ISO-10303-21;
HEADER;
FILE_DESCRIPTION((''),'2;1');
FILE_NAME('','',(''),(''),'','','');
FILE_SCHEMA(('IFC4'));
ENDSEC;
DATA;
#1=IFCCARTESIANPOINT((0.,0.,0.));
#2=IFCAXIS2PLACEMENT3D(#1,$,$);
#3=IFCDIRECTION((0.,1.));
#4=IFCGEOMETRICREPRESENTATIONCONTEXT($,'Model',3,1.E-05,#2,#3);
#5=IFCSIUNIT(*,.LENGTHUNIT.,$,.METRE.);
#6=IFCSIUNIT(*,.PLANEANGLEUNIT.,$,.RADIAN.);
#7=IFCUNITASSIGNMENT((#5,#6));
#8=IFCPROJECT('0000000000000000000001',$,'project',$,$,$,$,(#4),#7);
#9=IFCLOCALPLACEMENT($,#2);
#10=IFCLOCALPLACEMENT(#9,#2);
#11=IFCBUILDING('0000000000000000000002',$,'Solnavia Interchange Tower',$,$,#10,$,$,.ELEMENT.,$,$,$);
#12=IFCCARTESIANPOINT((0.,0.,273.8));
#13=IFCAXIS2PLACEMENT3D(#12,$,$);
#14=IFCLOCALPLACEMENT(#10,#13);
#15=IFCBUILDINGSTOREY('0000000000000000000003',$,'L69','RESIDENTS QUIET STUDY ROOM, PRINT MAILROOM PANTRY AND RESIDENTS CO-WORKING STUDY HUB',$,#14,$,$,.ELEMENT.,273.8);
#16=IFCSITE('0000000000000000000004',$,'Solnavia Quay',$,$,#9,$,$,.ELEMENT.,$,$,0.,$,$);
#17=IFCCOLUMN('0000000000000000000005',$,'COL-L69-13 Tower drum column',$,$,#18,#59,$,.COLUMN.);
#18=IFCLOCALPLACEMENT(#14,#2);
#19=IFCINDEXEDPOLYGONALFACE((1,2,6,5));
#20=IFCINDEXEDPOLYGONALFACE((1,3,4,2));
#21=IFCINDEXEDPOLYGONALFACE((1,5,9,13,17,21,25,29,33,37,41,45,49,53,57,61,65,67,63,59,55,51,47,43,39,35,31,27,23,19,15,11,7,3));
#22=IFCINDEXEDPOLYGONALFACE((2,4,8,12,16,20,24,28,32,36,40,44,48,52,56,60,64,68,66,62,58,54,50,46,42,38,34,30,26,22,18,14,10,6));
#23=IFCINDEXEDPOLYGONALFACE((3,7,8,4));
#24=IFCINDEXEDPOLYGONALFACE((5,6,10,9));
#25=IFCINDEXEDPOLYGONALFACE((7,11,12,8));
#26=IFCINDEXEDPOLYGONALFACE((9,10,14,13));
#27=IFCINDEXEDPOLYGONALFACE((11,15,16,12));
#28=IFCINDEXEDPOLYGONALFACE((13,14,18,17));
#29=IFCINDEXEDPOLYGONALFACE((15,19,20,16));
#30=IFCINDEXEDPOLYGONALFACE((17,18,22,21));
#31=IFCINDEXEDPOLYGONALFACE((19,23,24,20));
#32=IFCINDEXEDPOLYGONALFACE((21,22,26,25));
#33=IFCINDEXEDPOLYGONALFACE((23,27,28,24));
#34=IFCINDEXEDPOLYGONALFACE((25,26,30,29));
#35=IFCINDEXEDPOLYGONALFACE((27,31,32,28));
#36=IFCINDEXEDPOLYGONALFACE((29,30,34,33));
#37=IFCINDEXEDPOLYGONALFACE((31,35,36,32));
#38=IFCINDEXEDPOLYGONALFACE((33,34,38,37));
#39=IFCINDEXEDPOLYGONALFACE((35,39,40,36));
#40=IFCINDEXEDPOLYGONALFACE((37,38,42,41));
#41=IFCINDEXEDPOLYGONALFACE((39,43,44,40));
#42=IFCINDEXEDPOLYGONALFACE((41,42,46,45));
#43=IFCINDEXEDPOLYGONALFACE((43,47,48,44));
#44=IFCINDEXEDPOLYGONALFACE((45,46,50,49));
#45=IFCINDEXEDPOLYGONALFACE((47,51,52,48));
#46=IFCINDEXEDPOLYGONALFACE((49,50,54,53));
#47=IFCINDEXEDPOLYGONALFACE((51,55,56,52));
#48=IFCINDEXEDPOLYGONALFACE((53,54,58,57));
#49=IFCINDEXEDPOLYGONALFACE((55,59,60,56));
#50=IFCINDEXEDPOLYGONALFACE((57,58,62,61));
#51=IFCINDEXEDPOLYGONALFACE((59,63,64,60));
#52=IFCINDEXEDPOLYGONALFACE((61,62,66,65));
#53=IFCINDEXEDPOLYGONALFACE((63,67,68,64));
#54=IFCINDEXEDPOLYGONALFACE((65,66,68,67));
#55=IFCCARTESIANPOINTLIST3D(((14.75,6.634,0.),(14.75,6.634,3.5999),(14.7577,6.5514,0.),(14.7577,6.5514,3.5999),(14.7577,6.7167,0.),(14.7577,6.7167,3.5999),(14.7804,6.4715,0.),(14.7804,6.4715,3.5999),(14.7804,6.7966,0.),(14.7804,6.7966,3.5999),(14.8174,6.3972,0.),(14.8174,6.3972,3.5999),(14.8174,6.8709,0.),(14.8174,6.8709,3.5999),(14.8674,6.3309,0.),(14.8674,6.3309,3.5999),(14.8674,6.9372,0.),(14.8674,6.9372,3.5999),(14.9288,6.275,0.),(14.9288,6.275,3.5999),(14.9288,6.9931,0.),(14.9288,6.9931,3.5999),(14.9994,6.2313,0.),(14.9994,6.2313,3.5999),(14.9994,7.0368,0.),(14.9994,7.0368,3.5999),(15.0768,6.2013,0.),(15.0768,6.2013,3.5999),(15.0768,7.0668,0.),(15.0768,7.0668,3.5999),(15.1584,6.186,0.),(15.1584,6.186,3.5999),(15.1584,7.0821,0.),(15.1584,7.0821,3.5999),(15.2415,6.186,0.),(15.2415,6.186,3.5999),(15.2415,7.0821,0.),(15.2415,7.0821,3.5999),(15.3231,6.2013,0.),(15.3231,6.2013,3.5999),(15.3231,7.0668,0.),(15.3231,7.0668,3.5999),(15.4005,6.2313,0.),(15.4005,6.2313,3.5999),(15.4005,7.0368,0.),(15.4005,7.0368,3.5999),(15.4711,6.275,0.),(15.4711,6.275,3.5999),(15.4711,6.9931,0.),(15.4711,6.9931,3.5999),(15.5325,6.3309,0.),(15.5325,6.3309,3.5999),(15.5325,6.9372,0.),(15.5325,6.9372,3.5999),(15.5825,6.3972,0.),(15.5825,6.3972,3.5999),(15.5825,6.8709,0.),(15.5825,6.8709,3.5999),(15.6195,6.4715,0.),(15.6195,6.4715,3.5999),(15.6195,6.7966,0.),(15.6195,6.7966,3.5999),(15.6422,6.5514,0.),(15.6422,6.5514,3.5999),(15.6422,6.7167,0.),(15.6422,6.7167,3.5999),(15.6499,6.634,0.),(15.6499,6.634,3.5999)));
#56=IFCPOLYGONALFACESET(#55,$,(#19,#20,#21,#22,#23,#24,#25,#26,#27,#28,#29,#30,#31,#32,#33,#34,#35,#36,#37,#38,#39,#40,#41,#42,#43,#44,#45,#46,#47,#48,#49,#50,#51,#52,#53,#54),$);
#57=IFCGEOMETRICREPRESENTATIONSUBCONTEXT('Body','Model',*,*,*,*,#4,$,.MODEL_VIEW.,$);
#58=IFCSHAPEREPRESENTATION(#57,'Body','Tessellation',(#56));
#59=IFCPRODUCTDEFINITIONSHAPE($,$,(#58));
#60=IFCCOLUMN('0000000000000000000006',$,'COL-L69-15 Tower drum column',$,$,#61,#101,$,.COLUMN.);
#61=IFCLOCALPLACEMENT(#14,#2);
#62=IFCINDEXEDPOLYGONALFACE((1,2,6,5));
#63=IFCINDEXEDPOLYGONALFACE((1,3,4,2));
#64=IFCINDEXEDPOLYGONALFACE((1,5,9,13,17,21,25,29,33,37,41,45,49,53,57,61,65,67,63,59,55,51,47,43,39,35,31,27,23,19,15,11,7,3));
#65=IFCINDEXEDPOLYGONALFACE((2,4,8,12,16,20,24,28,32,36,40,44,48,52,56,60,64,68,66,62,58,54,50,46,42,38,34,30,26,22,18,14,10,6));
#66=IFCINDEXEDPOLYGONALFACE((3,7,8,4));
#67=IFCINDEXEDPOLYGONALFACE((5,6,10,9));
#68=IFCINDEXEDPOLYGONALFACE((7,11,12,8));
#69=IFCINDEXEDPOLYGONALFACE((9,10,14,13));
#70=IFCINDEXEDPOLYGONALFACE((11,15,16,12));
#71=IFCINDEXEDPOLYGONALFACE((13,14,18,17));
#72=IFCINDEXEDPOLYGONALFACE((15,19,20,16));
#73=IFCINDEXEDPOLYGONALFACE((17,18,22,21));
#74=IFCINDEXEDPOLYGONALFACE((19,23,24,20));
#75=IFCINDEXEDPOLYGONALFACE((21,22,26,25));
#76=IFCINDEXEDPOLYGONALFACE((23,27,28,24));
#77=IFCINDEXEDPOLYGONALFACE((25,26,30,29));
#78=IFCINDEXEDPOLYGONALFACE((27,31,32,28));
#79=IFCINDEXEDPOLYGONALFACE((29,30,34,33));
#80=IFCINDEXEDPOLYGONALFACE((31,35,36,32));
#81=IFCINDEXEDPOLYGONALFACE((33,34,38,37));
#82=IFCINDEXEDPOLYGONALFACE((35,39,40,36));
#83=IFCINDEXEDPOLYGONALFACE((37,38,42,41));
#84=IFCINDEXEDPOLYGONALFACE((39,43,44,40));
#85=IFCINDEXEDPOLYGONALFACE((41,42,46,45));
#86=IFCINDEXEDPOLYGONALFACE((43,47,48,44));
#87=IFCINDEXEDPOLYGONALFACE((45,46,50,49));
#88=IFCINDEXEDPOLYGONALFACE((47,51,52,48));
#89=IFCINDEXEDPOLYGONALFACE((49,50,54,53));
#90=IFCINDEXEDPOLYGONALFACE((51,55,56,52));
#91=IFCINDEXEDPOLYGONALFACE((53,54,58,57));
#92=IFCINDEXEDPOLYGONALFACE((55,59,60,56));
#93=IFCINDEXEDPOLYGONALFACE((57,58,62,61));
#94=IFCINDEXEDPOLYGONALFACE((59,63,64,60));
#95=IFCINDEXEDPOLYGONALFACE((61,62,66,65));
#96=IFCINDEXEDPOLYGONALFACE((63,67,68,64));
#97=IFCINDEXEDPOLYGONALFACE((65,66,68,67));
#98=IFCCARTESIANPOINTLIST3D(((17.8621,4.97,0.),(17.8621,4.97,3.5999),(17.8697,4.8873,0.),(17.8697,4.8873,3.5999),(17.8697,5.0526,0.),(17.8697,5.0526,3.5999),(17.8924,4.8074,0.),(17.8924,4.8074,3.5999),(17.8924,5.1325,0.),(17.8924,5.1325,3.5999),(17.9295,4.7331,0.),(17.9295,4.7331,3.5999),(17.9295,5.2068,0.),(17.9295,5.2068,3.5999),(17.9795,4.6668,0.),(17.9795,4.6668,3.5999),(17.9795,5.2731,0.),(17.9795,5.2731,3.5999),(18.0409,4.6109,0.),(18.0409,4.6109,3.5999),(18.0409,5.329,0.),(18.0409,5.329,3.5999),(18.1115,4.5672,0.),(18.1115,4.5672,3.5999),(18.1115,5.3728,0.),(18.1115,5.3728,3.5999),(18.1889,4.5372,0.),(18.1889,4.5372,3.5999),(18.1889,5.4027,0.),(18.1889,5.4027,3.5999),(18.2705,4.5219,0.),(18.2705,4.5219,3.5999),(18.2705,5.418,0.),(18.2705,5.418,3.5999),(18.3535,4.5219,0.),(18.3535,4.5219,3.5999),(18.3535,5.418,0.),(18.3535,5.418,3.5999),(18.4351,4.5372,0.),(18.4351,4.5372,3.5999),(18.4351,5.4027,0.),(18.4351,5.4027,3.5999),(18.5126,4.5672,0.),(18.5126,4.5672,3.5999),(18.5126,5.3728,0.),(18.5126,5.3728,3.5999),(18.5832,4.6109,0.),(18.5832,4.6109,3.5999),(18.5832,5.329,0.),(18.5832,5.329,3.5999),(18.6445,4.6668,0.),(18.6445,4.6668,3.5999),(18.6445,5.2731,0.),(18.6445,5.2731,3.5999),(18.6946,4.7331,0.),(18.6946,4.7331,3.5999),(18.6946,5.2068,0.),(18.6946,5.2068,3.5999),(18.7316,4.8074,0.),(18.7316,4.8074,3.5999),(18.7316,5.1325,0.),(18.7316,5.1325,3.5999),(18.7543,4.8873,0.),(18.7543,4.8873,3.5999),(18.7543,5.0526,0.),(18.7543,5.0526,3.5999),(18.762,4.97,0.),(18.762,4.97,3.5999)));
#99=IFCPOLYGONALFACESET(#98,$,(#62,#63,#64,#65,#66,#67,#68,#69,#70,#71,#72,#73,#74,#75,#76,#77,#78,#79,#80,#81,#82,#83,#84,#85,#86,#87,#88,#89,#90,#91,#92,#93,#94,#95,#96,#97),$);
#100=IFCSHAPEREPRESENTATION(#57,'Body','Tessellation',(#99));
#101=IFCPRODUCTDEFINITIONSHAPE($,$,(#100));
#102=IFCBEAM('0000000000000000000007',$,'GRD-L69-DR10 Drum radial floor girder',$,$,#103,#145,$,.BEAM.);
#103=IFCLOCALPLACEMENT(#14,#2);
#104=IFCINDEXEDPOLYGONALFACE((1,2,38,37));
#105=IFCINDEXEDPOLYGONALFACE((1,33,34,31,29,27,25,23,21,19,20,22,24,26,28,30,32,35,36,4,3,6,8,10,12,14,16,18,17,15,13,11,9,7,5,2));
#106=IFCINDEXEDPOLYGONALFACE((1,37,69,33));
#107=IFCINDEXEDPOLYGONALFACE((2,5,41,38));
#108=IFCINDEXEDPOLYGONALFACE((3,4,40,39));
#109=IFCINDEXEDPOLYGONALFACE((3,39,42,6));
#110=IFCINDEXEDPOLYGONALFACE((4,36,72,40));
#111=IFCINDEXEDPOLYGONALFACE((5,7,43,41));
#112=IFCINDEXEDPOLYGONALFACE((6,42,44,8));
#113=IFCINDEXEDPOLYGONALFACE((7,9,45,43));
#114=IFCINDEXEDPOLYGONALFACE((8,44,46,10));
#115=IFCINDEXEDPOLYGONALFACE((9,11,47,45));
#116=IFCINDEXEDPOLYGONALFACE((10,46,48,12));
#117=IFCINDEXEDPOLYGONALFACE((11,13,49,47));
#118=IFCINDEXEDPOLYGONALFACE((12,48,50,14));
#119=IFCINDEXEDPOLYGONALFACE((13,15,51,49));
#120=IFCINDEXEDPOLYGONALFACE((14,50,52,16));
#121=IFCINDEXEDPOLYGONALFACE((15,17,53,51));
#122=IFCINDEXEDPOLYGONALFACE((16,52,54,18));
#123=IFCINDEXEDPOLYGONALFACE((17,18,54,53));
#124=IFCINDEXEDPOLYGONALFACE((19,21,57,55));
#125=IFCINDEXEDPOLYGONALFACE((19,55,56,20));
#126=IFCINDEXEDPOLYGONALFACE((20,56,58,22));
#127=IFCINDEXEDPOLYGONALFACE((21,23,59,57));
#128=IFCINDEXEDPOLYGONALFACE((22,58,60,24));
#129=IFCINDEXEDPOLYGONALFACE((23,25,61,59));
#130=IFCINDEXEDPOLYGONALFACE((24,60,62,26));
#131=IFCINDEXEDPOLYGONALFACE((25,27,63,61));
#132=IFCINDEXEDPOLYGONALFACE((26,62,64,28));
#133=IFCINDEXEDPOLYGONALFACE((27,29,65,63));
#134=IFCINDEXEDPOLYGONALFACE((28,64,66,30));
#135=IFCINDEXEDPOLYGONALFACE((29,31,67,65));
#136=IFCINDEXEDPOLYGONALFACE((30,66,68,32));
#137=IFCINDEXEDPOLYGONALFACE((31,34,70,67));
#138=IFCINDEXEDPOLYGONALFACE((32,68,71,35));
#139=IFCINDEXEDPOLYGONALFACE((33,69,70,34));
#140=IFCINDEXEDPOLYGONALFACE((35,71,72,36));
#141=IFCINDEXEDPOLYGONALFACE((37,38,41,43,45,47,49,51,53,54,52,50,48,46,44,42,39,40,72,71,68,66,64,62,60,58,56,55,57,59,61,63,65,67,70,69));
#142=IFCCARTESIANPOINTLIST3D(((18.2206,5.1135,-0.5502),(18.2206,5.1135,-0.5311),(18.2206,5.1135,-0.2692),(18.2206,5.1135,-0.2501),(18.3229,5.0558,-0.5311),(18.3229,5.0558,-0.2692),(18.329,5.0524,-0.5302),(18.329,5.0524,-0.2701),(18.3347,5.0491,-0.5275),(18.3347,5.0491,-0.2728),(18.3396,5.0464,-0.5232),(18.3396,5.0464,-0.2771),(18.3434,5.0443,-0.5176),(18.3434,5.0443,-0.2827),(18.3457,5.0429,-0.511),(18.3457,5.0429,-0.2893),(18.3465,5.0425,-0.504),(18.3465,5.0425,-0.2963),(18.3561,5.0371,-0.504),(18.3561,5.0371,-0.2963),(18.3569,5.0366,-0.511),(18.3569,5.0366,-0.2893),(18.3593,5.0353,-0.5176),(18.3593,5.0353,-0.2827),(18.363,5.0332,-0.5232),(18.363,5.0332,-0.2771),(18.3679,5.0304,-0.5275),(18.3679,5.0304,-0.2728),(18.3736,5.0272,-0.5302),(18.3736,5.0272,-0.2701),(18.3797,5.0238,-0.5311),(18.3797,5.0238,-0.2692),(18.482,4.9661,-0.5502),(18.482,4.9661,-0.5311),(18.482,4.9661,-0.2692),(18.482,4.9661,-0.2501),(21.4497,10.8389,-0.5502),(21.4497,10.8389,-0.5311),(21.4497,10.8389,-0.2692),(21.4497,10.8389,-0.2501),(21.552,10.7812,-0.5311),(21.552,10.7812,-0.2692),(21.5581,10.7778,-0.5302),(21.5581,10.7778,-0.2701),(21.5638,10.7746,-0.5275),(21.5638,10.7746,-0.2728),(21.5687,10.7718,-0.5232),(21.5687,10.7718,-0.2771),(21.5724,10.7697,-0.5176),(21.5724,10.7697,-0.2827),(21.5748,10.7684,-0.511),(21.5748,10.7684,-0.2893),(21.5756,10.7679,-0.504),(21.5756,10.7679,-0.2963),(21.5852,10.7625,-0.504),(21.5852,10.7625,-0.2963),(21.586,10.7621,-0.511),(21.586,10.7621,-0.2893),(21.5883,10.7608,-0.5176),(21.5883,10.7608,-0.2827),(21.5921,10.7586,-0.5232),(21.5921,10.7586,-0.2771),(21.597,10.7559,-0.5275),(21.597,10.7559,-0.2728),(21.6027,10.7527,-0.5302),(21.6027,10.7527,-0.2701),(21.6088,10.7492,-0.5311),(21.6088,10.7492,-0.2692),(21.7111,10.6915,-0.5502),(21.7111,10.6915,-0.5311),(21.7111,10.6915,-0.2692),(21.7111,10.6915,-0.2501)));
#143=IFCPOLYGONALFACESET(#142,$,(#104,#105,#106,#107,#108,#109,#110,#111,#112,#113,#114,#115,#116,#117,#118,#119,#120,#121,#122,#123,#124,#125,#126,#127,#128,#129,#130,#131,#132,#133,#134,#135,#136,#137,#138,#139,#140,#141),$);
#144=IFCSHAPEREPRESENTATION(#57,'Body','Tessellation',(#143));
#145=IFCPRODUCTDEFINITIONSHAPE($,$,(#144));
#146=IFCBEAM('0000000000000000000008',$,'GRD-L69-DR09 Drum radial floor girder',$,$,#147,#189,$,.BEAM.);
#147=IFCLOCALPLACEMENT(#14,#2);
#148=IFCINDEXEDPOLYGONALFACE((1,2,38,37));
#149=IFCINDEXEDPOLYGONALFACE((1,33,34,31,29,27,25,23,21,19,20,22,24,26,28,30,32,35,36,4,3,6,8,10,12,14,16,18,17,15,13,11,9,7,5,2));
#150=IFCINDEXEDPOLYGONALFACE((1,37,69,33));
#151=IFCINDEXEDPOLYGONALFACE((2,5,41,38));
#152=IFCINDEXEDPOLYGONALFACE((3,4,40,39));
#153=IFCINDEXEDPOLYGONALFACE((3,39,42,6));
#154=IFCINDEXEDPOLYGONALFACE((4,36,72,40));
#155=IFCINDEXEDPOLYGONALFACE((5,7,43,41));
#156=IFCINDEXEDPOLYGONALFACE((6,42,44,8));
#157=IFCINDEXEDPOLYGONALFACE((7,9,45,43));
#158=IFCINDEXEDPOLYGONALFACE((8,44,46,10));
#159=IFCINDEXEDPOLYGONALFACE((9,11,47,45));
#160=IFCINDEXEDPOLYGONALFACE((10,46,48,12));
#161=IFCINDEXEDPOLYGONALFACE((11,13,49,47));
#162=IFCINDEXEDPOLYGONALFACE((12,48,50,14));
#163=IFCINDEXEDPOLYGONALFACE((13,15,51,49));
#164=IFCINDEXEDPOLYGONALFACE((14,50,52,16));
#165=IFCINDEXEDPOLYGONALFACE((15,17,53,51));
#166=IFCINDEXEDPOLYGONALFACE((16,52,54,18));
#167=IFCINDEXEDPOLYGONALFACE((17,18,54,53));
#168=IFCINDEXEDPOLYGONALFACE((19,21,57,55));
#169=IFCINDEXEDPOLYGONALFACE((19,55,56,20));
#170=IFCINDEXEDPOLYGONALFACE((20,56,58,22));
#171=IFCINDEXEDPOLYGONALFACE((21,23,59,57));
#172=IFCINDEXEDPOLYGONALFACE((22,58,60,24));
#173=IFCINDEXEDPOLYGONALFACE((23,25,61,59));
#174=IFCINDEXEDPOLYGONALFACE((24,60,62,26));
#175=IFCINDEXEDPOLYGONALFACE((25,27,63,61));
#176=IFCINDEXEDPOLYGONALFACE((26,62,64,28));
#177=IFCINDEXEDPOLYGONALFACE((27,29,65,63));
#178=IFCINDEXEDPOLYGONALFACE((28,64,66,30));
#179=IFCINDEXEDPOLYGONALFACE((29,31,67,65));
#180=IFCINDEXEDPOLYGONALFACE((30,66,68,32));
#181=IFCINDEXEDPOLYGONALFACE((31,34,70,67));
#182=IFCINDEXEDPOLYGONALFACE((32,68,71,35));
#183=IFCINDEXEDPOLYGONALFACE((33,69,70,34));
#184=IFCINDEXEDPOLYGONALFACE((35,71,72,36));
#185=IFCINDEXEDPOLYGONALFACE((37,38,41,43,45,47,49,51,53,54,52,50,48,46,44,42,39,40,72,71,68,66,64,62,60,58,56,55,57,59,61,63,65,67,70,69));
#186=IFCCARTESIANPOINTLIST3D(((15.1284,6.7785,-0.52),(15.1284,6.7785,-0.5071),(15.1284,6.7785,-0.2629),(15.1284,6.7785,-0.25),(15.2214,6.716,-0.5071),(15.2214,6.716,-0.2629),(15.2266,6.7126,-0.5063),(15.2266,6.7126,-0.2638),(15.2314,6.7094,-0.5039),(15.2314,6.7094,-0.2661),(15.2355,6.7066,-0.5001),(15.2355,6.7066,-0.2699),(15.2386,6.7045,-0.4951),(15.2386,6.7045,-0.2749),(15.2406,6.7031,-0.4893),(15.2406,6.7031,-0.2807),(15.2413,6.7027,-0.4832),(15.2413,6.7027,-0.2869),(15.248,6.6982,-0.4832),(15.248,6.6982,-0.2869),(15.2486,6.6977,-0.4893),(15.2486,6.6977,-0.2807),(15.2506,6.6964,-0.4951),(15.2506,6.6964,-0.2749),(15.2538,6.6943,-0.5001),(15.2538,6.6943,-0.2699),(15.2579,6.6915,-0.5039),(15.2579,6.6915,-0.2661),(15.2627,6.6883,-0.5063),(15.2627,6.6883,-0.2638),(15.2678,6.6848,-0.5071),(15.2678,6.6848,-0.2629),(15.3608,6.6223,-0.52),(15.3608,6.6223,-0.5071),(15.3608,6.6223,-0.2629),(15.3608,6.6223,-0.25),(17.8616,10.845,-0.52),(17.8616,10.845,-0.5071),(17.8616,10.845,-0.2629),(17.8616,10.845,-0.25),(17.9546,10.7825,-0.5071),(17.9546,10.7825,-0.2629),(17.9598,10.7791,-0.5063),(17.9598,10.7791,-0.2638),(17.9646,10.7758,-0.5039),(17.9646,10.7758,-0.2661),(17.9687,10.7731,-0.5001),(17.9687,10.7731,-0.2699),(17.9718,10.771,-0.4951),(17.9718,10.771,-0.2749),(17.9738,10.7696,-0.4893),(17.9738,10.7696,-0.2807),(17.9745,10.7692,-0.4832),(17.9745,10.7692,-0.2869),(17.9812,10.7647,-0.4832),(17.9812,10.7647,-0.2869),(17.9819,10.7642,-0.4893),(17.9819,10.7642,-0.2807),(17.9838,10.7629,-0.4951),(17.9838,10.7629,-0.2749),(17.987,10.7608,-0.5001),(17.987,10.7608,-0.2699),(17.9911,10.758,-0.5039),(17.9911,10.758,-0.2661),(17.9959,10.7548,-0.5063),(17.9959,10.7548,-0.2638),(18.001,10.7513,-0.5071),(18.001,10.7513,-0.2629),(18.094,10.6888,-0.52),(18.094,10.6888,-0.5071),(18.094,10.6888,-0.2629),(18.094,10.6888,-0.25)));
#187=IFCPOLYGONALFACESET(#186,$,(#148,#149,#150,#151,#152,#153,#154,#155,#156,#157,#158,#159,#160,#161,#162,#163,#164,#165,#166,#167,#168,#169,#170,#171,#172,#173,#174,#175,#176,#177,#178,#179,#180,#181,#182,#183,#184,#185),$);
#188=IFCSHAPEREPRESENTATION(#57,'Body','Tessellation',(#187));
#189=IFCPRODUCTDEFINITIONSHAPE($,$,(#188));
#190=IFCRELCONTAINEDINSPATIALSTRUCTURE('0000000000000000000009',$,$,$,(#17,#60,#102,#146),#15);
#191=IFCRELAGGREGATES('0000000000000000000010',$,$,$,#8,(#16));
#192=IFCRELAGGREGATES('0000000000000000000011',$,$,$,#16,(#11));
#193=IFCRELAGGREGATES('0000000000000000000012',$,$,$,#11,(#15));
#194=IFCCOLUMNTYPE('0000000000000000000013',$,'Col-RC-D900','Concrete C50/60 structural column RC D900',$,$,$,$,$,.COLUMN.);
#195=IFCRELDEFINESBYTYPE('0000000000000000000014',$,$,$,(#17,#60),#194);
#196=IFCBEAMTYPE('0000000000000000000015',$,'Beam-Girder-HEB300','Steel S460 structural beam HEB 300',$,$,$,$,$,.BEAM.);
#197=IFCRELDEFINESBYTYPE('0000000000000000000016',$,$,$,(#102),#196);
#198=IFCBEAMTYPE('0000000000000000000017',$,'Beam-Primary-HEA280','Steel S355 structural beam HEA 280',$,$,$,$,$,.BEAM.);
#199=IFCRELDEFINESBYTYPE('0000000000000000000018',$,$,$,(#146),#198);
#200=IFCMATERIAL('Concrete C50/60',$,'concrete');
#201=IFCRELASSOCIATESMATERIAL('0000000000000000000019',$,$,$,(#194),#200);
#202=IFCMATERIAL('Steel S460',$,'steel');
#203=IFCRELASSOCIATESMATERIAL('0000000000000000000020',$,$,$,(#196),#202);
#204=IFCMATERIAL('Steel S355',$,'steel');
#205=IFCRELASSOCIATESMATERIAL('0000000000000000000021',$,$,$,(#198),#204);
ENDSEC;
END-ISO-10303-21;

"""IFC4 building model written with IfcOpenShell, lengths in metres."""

from ifc_helpers import new_model, si_unit, direction, frame, origin, origin_2d, place, context, subcontext, project, spatial, circle, i_section, extrude, material, material_profile, profile_set, type_object, element, save


model = new_model("IFC4")

# Units and contexts
model_context = context("Model", 3, precision=1e-05, world=origin(), true_north=direction((0.0, 1.0)))
body_context = subcontext(model_context, "Body", "Model", "MODEL_VIEW")
ifc_project = project(units=[si_unit("LENGTHUNIT", "METRE"), si_unit("PLANEANGLEUNIT", "RADIAN")], contexts=[model_context])

# Site, building, storey
site_placement = place(None, origin())
site = spatial("IfcSite", under=ifc_project, at=site_placement, Name="Solnavia Quay", CompositionType="ELEMENT", RefElevation=0.0)
building_placement = place(site_placement, origin())
building = spatial("IfcBuilding", under=site, at=building_placement, Name="Solnavia Interchange Tower", CompositionType="ELEMENT")
storey_placement = place(building_placement, frame((0.0, 0.0, 273.8)))
storey = spatial("IfcBuildingStorey", under=building, at=storey_placement, Name="L69", Description="RESIDENTS QUIET STUDY ROOM, PRINT MAILROOM PANTRY AND RESIDENTS CO-WORKING STUDY HUB", CompositionType="ELEMENT", Elevation=273.8)

# Columns
ifc_material_1 = material(Name="Concrete C50/60", Category="concrete")
ifc_material_profile_1 = material_profile(ifc_material_1, circle(Radius=0.45, at=origin_2d()), Name="RC D900")
ifc_profile_set_1 = profile_set([ifc_material_profile_1], Name="Concrete C50/60")
column_type = type_object("IfcColumnType", Name="Col-RC-D900", Description="Concrete C50/60 structural column RC D900", PredefinedType="COLUMN", material=ifc_profile_set_1)
for number, where, z_axis, x_axis, name in (
    (1, (15.2, 6.634, 0.0), (0.0, 0.0, 1.0), (1.0, 0.0, 0.0), "COL-L69-13 Tower drum column"),
    (2, (18.312, 4.97, 0.0), (0.0, 0.0, 1.0), (1.0, 0.0, 0.0), "COL-L69-15 Tower drum column"),
):
    element("IfcColumn", number, at=place(storey_placement, frame(where, z_axis=z_axis, x_axis=x_axis)), inside=storey, type_object=column_type, Name=name, PredefinedType="COLUMN", context=body_context, shape_type="SweptSolid", body=[
        extrude(circle(Radius=0.45, at=origin_2d()), origin(), (0.0, 0.0, 1.0), 3.5999),
    ])

# Beams
ifc_material_2 = material(Name="Steel S460", Category="steel")
ifc_material_profile_2 = material_profile(ifc_material_2, i_section(OverallWidth=0.3, OverallDepth=0.3, WebThickness=0.011, FlangeThickness=0.019, FilletRadius=0.0271, at=origin_2d()), Name="HEB 300")
ifc_profile_set_2 = profile_set([ifc_material_profile_2], Name="Steel S460")
beam_type_1 = type_object("IfcBeamType", Name="Beam-Girder-HEB300", Description="Steel S460 structural beam HEB 300", PredefinedType="BEAM", material=ifc_profile_set_2)
beam_1_placement = place(storey_placement, frame((18.3513, 5.0398, -0.4001), z_axis=(0.491243, 0.871022, 0.0), x_axis=(-0.871022, 0.491243, 0.0)))
element("IfcBeam", 3, at=beam_1_placement, inside=storey, type_object=beam_type_1, Name="GRD-L69-DR10 Drum radial floor girder", PredefinedType="BEAM", context=body_context, shape_type="SweptSolid", body=[
    extrude(i_section(OverallWidth=0.3, OverallDepth=0.3, WebThickness=0.011, FlangeThickness=0.019, FilletRadius=0.0271, at=origin_2d()), origin(), (0.0, 0.0, 1.0), 6.5732),
])
ifc_material_3 = material(Name="Steel S355", Category="steel")
ifc_material_profile_3 = material_profile(ifc_material_3, i_section(OverallWidth=0.28, OverallDepth=0.27, WebThickness=0.0081, FlangeThickness=0.0129, FilletRadius=0.0239, at=origin_2d()), Name="HEA 280")
ifc_profile_set_3 = profile_set([ifc_material_profile_3], Name="Steel S355")
beam_type_2 = type_object("IfcBeamType", Name="Beam-Primary-HEA280", Description="Steel S355 structural beam HEA 280", PredefinedType="BEAM", material=ifc_profile_set_3)
beam_2_placement = place(storey_placement, frame((15.2446, 6.7004, -0.385), z_axis=(0.557835, 0.829952, 0.0), x_axis=(-0.829952, 0.557835, 0.0)))
element("IfcBeam", 4, at=beam_2_placement, inside=storey, type_object=beam_type_2, Name="GRD-L69-DR09 Drum radial floor girder", PredefinedType="BEAM", context=body_context, shape_type="SweptSolid", body=[
    extrude(i_section(OverallWidth=0.28, OverallDepth=0.27, WebThickness=0.0081, FlangeThickness=0.0129, FilletRadius=0.0239, at=origin_2d()), origin(), (0.0, 0.0, 1.0), 4.8997),
])

save(model, "model.ifc")
